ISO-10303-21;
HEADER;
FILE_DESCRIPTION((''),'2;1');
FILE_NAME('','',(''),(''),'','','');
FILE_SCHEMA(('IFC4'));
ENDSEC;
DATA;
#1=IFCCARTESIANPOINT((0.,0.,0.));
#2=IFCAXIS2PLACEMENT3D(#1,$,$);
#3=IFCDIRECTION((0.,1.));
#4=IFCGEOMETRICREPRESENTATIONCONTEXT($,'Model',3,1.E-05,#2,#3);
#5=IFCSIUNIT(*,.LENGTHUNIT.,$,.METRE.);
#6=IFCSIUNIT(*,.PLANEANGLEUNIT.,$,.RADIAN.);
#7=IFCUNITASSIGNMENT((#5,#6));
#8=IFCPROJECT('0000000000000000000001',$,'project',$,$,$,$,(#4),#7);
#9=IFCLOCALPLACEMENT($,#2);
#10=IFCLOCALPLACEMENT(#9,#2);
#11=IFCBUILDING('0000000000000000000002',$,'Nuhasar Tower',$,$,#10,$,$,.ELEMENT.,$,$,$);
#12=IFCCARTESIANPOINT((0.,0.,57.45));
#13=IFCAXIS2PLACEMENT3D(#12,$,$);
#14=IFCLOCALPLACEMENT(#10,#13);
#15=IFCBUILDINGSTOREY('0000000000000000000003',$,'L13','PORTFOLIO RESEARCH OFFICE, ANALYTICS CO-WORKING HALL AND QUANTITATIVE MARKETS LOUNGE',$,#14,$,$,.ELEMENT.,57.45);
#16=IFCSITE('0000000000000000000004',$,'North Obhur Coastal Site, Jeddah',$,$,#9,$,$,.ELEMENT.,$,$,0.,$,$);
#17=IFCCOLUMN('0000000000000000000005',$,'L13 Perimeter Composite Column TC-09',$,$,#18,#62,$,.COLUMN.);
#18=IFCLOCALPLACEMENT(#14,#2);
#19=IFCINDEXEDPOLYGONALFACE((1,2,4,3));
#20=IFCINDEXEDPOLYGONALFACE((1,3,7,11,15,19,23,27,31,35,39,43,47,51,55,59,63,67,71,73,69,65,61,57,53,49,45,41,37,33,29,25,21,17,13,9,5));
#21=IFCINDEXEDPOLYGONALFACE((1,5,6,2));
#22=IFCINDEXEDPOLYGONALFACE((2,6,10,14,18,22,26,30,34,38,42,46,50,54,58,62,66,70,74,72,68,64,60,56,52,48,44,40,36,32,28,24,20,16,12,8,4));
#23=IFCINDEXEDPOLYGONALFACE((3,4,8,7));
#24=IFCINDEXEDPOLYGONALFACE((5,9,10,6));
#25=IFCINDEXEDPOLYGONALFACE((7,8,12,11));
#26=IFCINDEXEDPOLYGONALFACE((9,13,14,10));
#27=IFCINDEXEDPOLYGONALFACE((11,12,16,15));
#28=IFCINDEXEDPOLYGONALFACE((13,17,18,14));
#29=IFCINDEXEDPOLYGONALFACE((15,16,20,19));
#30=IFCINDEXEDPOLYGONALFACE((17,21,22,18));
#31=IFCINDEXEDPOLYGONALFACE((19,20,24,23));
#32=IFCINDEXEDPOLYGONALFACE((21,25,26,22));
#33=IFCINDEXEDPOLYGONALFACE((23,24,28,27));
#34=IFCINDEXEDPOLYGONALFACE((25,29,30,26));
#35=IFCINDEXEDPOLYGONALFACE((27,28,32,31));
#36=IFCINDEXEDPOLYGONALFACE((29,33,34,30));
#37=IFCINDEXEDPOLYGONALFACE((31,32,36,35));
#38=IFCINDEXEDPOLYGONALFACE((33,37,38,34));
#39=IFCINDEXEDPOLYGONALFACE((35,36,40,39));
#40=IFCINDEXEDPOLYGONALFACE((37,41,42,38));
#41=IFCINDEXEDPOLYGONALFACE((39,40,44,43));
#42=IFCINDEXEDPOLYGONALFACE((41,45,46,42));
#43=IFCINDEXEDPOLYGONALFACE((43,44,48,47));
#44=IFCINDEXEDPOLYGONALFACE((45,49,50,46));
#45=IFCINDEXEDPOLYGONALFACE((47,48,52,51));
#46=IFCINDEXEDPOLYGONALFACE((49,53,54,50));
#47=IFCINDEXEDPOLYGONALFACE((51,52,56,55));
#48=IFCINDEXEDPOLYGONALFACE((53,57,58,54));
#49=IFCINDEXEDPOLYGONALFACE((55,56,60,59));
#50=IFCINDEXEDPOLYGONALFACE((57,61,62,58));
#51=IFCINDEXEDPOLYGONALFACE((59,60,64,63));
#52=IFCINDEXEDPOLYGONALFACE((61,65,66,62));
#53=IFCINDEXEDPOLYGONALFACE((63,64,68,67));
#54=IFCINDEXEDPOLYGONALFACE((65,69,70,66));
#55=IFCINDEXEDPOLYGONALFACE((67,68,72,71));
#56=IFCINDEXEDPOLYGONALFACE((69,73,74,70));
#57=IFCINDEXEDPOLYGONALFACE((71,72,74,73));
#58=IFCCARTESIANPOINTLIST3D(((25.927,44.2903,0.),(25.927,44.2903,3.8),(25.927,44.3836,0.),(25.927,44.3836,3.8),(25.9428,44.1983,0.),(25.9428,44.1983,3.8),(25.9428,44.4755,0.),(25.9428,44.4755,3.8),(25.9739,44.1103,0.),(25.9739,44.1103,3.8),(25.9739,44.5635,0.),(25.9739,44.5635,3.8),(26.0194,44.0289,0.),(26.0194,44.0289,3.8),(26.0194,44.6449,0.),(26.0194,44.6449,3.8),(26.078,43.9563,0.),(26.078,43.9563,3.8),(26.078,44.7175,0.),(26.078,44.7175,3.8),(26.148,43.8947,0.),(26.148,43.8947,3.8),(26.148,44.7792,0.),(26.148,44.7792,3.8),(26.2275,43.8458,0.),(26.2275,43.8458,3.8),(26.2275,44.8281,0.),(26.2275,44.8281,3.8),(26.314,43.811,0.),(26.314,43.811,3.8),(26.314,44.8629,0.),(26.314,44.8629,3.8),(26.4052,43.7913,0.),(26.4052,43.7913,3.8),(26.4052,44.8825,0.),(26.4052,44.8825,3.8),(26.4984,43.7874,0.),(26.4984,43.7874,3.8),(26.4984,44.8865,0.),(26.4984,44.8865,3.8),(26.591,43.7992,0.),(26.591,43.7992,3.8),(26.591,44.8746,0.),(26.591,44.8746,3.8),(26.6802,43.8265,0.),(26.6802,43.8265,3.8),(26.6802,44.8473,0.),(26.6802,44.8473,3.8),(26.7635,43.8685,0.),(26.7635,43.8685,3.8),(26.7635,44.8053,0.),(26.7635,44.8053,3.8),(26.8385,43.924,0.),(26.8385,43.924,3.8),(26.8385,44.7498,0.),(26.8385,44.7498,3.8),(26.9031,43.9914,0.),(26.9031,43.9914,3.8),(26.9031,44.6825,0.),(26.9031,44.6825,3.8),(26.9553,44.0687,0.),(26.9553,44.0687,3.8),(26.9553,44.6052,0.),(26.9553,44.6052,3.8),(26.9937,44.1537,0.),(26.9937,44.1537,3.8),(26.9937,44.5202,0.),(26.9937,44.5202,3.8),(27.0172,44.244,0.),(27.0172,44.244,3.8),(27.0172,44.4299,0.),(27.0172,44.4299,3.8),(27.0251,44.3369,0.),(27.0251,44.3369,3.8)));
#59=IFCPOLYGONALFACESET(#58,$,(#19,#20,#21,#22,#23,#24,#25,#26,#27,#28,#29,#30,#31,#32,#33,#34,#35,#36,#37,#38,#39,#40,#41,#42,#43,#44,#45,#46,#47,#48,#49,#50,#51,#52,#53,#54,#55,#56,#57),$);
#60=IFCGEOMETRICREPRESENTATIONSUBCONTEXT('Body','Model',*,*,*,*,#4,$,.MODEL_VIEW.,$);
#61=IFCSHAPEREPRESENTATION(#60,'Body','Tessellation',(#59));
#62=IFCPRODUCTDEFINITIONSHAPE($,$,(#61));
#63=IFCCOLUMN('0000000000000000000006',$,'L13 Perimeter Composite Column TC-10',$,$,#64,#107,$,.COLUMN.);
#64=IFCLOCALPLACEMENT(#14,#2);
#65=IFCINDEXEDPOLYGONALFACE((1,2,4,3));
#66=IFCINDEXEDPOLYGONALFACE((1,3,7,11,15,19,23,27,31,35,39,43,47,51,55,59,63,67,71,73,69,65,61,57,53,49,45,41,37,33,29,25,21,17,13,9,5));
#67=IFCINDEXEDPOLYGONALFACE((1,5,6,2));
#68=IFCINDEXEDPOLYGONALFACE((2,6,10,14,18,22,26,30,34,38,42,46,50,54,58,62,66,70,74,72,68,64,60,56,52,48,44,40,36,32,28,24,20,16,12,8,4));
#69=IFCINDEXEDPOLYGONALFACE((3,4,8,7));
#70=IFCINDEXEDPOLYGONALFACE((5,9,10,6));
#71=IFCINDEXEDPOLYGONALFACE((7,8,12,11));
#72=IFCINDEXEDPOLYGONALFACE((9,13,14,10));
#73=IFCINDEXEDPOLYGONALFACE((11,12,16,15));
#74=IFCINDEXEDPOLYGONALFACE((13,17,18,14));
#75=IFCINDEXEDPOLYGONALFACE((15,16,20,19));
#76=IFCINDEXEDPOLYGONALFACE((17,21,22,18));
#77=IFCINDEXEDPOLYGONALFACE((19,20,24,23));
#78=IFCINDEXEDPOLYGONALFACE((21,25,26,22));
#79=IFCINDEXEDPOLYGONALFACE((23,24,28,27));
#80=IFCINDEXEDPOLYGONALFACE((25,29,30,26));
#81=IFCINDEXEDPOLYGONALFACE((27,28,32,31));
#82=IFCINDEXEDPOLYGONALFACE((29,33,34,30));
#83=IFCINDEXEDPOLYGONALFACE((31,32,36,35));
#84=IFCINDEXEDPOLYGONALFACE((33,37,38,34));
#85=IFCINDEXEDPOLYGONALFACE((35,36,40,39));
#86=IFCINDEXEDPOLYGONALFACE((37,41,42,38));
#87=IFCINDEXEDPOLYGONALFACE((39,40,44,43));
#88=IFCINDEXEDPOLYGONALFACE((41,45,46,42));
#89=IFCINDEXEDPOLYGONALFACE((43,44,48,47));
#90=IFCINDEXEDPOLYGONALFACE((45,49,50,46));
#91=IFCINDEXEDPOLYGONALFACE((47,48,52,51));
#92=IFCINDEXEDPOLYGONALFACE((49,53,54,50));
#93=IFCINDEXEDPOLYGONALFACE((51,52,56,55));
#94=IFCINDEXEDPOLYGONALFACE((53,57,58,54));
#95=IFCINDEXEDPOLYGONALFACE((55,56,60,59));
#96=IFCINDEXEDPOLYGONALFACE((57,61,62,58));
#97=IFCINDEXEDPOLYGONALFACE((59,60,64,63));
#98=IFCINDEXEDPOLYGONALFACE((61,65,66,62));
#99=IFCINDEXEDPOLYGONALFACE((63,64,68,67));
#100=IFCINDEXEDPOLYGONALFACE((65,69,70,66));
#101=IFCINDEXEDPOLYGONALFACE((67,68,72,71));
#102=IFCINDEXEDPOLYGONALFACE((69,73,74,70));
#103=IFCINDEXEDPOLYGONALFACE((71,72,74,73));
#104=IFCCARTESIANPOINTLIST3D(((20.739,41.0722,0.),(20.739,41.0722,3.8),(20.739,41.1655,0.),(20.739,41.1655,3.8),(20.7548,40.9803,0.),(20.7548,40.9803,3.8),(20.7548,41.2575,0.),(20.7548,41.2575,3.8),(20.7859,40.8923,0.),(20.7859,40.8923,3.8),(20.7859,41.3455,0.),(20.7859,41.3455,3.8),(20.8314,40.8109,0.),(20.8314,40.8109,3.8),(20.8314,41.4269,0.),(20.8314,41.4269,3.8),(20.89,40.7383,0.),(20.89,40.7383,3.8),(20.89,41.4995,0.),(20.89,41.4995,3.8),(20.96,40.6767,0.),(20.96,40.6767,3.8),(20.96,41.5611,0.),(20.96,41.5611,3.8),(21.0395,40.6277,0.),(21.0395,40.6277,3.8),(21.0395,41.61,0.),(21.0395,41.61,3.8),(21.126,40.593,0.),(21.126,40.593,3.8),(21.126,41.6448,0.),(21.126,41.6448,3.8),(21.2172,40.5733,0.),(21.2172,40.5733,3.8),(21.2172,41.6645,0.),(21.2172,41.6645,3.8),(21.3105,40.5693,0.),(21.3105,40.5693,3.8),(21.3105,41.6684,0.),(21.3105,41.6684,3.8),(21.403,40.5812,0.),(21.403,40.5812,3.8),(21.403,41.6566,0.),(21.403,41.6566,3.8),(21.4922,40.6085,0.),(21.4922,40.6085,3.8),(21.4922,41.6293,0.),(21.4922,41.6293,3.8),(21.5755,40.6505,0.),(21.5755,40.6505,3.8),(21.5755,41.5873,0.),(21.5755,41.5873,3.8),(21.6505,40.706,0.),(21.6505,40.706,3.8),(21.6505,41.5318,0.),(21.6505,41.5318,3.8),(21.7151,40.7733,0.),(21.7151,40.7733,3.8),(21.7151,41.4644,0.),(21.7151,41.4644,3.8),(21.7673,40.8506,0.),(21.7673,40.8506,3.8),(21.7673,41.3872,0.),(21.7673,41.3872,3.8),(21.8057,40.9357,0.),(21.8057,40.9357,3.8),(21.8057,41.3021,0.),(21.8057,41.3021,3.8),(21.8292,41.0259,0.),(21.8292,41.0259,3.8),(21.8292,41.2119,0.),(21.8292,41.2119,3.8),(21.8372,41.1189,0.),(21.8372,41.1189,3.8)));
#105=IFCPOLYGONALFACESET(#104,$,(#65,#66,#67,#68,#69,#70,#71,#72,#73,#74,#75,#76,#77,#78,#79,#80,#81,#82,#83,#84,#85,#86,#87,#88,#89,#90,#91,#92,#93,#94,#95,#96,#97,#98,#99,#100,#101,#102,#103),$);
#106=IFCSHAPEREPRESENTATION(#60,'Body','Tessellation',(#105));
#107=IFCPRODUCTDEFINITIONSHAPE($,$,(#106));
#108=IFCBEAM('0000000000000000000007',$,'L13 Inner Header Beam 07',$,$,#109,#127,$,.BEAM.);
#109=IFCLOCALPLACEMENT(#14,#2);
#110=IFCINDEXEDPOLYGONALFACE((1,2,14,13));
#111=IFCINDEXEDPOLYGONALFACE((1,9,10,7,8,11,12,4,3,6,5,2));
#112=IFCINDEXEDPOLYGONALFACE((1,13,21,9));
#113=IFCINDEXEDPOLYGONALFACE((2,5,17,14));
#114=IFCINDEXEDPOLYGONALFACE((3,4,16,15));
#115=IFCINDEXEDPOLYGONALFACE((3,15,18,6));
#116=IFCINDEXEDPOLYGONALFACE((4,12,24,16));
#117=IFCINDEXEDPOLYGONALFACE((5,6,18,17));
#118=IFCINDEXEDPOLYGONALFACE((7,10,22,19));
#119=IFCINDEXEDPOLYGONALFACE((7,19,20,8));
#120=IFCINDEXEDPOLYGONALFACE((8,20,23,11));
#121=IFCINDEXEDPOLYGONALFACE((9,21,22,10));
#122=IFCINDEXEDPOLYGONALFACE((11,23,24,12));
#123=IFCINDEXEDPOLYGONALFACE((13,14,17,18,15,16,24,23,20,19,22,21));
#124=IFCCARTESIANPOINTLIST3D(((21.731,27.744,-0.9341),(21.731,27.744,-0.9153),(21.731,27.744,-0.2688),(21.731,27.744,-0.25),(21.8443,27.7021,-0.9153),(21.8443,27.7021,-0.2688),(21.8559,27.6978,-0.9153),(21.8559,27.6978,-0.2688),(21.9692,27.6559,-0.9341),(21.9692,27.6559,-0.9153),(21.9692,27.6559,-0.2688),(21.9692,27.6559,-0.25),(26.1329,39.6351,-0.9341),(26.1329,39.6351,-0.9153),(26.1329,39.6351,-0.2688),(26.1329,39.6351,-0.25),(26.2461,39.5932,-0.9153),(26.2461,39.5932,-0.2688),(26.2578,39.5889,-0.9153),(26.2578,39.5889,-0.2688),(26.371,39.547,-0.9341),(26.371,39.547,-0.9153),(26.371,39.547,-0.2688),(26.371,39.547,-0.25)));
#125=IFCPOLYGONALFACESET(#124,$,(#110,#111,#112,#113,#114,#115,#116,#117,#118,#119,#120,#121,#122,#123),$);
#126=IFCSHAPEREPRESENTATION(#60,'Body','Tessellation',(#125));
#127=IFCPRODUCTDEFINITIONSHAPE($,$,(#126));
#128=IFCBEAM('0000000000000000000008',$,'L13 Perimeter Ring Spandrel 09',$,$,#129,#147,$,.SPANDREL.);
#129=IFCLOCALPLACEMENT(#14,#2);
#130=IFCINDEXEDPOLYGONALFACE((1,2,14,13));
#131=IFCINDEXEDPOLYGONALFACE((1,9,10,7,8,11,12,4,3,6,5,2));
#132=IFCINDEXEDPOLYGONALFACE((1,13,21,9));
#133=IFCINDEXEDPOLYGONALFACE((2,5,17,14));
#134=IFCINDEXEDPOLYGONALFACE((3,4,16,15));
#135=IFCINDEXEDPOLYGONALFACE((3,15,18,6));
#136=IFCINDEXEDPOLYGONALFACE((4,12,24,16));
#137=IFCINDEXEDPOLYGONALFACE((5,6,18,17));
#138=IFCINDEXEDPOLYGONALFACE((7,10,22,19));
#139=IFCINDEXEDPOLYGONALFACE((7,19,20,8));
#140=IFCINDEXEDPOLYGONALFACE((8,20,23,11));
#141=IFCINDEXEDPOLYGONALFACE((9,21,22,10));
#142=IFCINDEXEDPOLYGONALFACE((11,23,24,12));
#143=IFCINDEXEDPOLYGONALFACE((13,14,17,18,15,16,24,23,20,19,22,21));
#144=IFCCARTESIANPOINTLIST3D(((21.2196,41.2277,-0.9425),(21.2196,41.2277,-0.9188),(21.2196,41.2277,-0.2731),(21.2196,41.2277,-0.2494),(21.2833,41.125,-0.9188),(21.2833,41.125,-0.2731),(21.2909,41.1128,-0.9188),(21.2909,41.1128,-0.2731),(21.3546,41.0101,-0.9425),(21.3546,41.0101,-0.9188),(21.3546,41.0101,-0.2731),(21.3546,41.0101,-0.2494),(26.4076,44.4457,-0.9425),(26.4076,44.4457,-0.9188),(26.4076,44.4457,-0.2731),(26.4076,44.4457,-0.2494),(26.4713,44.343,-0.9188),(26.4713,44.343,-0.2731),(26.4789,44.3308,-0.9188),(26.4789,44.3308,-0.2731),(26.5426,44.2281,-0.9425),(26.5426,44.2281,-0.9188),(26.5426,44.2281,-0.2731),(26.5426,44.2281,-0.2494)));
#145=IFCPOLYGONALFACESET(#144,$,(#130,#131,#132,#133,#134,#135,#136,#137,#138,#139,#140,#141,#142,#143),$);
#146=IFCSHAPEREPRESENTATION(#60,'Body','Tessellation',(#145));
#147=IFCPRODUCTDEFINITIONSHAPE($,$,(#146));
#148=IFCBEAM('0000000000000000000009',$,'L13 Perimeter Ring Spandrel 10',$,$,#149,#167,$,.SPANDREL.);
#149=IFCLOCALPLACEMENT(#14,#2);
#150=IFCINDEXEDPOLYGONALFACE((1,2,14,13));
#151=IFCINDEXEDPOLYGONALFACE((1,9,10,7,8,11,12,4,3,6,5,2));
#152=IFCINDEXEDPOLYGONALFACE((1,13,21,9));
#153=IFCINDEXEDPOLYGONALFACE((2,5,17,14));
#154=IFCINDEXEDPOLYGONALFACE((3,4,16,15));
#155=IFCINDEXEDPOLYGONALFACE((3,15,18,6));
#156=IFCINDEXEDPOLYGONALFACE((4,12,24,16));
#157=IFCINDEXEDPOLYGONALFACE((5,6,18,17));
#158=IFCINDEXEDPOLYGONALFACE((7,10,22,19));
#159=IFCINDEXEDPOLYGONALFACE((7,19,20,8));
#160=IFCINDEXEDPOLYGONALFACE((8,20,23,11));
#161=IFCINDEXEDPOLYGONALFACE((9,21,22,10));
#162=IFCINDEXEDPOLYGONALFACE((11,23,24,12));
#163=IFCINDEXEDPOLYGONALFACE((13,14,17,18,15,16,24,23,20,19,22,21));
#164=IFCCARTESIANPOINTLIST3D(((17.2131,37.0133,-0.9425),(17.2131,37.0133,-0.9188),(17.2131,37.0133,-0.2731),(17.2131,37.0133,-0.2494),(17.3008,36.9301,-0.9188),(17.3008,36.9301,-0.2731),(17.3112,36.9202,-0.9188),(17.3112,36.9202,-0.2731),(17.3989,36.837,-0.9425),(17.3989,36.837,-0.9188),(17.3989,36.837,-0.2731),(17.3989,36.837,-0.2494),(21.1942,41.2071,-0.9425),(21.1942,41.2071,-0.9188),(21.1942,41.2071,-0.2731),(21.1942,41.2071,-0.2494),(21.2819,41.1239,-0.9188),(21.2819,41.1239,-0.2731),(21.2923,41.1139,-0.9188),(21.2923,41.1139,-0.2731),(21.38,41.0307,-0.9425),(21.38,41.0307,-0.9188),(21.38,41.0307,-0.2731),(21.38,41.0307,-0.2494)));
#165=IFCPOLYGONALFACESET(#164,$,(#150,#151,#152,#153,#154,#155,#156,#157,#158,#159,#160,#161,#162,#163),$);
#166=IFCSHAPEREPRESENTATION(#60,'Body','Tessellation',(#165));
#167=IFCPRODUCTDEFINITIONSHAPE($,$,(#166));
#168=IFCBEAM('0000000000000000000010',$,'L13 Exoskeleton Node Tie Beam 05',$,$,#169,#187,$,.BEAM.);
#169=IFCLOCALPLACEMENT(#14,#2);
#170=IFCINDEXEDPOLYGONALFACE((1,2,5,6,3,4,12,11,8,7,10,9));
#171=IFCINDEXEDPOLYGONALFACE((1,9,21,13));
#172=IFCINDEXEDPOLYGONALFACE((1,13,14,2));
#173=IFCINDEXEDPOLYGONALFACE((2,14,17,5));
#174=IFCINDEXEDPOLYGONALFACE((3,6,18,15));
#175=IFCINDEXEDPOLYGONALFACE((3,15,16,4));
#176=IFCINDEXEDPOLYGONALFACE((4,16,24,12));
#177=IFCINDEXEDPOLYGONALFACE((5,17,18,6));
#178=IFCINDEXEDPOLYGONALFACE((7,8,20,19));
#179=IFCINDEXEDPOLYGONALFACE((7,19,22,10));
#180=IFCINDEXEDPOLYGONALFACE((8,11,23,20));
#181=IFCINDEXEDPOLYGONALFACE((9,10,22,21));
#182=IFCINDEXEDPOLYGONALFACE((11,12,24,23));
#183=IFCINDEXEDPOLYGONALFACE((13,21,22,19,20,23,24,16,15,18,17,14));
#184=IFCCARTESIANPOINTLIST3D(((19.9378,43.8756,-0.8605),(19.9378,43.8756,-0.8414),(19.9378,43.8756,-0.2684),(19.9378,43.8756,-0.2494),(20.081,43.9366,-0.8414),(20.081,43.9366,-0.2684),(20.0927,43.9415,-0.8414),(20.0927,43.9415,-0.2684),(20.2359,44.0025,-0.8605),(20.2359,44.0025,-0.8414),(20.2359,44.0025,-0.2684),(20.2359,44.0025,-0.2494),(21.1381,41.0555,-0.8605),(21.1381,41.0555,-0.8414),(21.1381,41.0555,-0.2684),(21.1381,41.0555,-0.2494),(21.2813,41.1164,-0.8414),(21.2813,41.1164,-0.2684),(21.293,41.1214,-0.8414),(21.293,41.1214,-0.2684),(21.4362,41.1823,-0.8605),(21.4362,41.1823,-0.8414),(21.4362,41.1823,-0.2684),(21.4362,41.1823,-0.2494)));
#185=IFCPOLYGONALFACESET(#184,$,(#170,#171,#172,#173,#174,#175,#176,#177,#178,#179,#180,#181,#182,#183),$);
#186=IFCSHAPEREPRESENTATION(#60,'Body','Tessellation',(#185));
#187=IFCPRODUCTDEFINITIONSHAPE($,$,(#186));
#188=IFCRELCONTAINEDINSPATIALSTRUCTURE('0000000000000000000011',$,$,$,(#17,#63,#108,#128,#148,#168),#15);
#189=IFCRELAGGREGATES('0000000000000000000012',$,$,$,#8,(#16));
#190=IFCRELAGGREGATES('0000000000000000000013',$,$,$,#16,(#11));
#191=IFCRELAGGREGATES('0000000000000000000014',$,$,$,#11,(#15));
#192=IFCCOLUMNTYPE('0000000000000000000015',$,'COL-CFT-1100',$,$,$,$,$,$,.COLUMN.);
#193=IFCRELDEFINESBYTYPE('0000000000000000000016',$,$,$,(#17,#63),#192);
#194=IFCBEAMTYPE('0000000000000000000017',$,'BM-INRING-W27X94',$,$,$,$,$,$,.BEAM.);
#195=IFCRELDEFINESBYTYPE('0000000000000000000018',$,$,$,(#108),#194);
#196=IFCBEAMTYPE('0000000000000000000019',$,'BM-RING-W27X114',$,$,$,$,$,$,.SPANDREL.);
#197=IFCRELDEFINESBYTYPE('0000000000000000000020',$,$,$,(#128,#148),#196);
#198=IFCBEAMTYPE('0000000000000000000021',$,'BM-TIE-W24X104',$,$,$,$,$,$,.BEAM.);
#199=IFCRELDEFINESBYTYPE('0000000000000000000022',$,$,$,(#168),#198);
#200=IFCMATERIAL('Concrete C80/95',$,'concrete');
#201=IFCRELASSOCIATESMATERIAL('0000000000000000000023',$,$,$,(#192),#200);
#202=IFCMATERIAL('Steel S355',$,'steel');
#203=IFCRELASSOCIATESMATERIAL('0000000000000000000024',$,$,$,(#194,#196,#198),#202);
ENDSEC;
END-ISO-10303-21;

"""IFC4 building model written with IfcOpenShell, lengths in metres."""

from ifc_helpers import new_model, si_unit, direction, frame, origin, origin_2d, place, context, subcontext, project, spatial, circle, i_section, extrude, material, material_profile, profile_set, type_object, element, save


model = new_model("IFC4")

# Units and contexts
model_context = context("Model", 3, precision=1e-05, world=origin(), true_north=direction((0.0, 1.0)))
body_context = subcontext(model_context, "Body", "Model", "MODEL_VIEW")
ifc_project = project(units=[si_unit("LENGTHUNIT", "METRE"), si_unit("PLANEANGLEUNIT", "RADIAN")], contexts=[model_context])

# Site, building, storey
site_placement = place(None, origin())
site = spatial("IfcSite", under=ifc_project, at=site_placement, Name="North Obhur Coastal Site, Jeddah", CompositionType="ELEMENT", RefElevation=0.0)
building_placement = place(site_placement, origin())
building = spatial("IfcBuilding", under=site, at=building_placement, Name="Nuhasar Tower", CompositionType="ELEMENT")
storey_placement = place(building_placement, frame((0.0, 0.0, 57.45)))
storey = spatial("IfcBuildingStorey", under=building, at=storey_placement, Name="L13", Description="PORTFOLIO RESEARCH OFFICE, ANALYTICS CO-WORKING HALL AND QUANTITATIVE MARKETS LOUNGE", CompositionType="ELEMENT", Elevation=57.45)

# Columns
ifc_material_1 = material(Name="Concrete C80/95", Category="concrete")
ifc_material_profile_1 = material_profile(ifc_material_1, circle(Radius=0.55, at=origin_2d()), Name="CFT1100")
ifc_profile_set_1 = profile_set([ifc_material_profile_1], Name="Concrete C80/95")
column_type = type_object("IfcColumnType", Name="COL-CFT-1100", PredefinedType="COLUMN", material=ifc_profile_set_1)
for number, where, z_axis, x_axis, name in (
    (1, (26.4751, 44.3369, 0.0), (0.0, 0.0, 1.0), (1.0, 0.0, 0.0), "L13 Perimeter Composite Column TC-09"),
    (2, (21.2871, 41.1189, 0.0), (0.0, 0.0, 1.0), (1.0, 0.0, 0.0), "L13 Perimeter Composite Column TC-10"),
):
    element("IfcColumn", number, at=place(storey_placement, frame(where, z_axis=z_axis, x_axis=x_axis)), inside=storey, type_object=column_type, Name=name, PredefinedType="COLUMN", context=body_context, shape_type="SweptSolid", body=[
        extrude(circle(Radius=0.55, at=origin_2d()), origin(), (0.0, 0.0, 1.0), 3.8),
    ])

# Beams
ifc_material_2 = material(Name="Steel S355", Category="steel")
ifc_material_profile_2 = material_profile(ifc_material_2, i_section(OverallWidth=0.2539, OverallDepth=0.6841, WebThickness=0.0125, FlangeThickness=0.0188, at=origin_2d()), Name="W27X94")
ifc_profile_set_2 = profile_set([ifc_material_profile_2], Name="Steel S355")
beam_type_1 = type_object("IfcBeamType", Name="BM-INRING-W27X94", PredefinedType="BEAM", material=ifc_profile_set_2)
beam_1_placement = place(storey_placement, frame((26.252, 39.5911, -0.592), z_axis=(-0.347158, -0.937807, 0.0), x_axis=(0.937807, -0.347158, 0.0)))
element("IfcBeam", 3, at=beam_1_placement, inside=storey, type_object=beam_type_1, Name="L13 Inner Header Beam 07", PredefinedType="BEAM", context=body_context, shape_type="SweptSolid", body=[
    extrude(i_section(OverallWidth=0.2539, OverallDepth=0.6841, WebThickness=0.0125, FlangeThickness=0.0188, at=origin_2d()), origin(), (0.0, 0.0, 1.0), 12.6797),
])
ifc_material_profile_3 = material_profile(ifc_material_2, i_section(OverallWidth=0.2561, OverallDepth=0.6931, WebThickness=0.0144, FlangeThickness=0.0237, at=origin_2d()), Name="W27X114")
ifc_profile_set_3 = profile_set([ifc_material_profile_3], Name="Steel S355")
beam_type_2 = type_object("IfcBeamType", Name="BM-RING-W27X114", PredefinedType="SPANDREL", material=ifc_profile_set_3)
beam_2_placement = place(storey_placement, frame((26.4751, 44.3369, -0.5959), z_axis=(-0.849795, -0.527113, 0.0), x_axis=(0.527113, -0.849795, 0.0)))
element("IfcBeam", 4, at=beam_2_placement, inside=storey, type_object=beam_type_2, Name="L13 Perimeter Ring Spandrel 09", PredefinedType="SPANDREL", context=body_context, shape_type="SweptSolid", body=[
    extrude(i_section(OverallWidth=0.2561, OverallDepth=0.6931, WebThickness=0.0144, FlangeThickness=0.0237, at=origin_2d()), origin(), (0.0, 0.0, 1.0), 6.105),
])
beam_3_placement = place(storey_placement, frame((21.2871, 41.1189, -0.5959), z_axis=(-0.688481, -0.725254, 0.0), x_axis=(0.725254, -0.688481, 0.0)))
element("IfcBeam", 5, at=beam_3_placement, inside=storey, type_object=beam_type_2, Name="L13 Perimeter Ring Spandrel 10", PredefinedType="SPANDREL", context=body_context, shape_type="SweptSolid", body=[
    extrude(i_section(OverallWidth=0.2561, OverallDepth=0.6931, WebThickness=0.0144, FlangeThickness=0.0237, at=origin_2d()), origin(), (0.0, 0.0, 1.0), 5.7825),
])
ifc_material_profile_4 = material_profile(ifc_material_2, i_section(OverallWidth=0.324, OverallDepth=0.6111, WebThickness=0.0127, FlangeThickness=0.019, at=origin_2d()), Name="W24X104")
ifc_profile_set_4 = profile_set([ifc_material_profile_4], Name="Steel S355")
beam_type_3 = type_object("IfcBeamType", Name="BM-TIE-W24X104", PredefinedType="BEAM", material=ifc_profile_set_4)
beam_4_placement = place(storey_placement, frame((21.2871, 41.1189, -0.5549), z_axis=(-0.391601, 0.920135, 0.0), x_axis=(-0.920135, -0.391601, 0.0)))
element("IfcBeam", 6, at=beam_4_placement, inside=storey, type_object=beam_type_3, Name="L13 Exoskeleton Node Tie Beam 05", PredefinedType="BEAM", context=body_context, shape_type="SweptSolid", body=[
    extrude(i_section(OverallWidth=0.324, OverallDepth=0.6111, WebThickness=0.0127, FlangeThickness=0.019, at=origin_2d()), origin(), (0.0, 0.0, 1.0), 3.0649),
])

save(model, "model.ifc")
